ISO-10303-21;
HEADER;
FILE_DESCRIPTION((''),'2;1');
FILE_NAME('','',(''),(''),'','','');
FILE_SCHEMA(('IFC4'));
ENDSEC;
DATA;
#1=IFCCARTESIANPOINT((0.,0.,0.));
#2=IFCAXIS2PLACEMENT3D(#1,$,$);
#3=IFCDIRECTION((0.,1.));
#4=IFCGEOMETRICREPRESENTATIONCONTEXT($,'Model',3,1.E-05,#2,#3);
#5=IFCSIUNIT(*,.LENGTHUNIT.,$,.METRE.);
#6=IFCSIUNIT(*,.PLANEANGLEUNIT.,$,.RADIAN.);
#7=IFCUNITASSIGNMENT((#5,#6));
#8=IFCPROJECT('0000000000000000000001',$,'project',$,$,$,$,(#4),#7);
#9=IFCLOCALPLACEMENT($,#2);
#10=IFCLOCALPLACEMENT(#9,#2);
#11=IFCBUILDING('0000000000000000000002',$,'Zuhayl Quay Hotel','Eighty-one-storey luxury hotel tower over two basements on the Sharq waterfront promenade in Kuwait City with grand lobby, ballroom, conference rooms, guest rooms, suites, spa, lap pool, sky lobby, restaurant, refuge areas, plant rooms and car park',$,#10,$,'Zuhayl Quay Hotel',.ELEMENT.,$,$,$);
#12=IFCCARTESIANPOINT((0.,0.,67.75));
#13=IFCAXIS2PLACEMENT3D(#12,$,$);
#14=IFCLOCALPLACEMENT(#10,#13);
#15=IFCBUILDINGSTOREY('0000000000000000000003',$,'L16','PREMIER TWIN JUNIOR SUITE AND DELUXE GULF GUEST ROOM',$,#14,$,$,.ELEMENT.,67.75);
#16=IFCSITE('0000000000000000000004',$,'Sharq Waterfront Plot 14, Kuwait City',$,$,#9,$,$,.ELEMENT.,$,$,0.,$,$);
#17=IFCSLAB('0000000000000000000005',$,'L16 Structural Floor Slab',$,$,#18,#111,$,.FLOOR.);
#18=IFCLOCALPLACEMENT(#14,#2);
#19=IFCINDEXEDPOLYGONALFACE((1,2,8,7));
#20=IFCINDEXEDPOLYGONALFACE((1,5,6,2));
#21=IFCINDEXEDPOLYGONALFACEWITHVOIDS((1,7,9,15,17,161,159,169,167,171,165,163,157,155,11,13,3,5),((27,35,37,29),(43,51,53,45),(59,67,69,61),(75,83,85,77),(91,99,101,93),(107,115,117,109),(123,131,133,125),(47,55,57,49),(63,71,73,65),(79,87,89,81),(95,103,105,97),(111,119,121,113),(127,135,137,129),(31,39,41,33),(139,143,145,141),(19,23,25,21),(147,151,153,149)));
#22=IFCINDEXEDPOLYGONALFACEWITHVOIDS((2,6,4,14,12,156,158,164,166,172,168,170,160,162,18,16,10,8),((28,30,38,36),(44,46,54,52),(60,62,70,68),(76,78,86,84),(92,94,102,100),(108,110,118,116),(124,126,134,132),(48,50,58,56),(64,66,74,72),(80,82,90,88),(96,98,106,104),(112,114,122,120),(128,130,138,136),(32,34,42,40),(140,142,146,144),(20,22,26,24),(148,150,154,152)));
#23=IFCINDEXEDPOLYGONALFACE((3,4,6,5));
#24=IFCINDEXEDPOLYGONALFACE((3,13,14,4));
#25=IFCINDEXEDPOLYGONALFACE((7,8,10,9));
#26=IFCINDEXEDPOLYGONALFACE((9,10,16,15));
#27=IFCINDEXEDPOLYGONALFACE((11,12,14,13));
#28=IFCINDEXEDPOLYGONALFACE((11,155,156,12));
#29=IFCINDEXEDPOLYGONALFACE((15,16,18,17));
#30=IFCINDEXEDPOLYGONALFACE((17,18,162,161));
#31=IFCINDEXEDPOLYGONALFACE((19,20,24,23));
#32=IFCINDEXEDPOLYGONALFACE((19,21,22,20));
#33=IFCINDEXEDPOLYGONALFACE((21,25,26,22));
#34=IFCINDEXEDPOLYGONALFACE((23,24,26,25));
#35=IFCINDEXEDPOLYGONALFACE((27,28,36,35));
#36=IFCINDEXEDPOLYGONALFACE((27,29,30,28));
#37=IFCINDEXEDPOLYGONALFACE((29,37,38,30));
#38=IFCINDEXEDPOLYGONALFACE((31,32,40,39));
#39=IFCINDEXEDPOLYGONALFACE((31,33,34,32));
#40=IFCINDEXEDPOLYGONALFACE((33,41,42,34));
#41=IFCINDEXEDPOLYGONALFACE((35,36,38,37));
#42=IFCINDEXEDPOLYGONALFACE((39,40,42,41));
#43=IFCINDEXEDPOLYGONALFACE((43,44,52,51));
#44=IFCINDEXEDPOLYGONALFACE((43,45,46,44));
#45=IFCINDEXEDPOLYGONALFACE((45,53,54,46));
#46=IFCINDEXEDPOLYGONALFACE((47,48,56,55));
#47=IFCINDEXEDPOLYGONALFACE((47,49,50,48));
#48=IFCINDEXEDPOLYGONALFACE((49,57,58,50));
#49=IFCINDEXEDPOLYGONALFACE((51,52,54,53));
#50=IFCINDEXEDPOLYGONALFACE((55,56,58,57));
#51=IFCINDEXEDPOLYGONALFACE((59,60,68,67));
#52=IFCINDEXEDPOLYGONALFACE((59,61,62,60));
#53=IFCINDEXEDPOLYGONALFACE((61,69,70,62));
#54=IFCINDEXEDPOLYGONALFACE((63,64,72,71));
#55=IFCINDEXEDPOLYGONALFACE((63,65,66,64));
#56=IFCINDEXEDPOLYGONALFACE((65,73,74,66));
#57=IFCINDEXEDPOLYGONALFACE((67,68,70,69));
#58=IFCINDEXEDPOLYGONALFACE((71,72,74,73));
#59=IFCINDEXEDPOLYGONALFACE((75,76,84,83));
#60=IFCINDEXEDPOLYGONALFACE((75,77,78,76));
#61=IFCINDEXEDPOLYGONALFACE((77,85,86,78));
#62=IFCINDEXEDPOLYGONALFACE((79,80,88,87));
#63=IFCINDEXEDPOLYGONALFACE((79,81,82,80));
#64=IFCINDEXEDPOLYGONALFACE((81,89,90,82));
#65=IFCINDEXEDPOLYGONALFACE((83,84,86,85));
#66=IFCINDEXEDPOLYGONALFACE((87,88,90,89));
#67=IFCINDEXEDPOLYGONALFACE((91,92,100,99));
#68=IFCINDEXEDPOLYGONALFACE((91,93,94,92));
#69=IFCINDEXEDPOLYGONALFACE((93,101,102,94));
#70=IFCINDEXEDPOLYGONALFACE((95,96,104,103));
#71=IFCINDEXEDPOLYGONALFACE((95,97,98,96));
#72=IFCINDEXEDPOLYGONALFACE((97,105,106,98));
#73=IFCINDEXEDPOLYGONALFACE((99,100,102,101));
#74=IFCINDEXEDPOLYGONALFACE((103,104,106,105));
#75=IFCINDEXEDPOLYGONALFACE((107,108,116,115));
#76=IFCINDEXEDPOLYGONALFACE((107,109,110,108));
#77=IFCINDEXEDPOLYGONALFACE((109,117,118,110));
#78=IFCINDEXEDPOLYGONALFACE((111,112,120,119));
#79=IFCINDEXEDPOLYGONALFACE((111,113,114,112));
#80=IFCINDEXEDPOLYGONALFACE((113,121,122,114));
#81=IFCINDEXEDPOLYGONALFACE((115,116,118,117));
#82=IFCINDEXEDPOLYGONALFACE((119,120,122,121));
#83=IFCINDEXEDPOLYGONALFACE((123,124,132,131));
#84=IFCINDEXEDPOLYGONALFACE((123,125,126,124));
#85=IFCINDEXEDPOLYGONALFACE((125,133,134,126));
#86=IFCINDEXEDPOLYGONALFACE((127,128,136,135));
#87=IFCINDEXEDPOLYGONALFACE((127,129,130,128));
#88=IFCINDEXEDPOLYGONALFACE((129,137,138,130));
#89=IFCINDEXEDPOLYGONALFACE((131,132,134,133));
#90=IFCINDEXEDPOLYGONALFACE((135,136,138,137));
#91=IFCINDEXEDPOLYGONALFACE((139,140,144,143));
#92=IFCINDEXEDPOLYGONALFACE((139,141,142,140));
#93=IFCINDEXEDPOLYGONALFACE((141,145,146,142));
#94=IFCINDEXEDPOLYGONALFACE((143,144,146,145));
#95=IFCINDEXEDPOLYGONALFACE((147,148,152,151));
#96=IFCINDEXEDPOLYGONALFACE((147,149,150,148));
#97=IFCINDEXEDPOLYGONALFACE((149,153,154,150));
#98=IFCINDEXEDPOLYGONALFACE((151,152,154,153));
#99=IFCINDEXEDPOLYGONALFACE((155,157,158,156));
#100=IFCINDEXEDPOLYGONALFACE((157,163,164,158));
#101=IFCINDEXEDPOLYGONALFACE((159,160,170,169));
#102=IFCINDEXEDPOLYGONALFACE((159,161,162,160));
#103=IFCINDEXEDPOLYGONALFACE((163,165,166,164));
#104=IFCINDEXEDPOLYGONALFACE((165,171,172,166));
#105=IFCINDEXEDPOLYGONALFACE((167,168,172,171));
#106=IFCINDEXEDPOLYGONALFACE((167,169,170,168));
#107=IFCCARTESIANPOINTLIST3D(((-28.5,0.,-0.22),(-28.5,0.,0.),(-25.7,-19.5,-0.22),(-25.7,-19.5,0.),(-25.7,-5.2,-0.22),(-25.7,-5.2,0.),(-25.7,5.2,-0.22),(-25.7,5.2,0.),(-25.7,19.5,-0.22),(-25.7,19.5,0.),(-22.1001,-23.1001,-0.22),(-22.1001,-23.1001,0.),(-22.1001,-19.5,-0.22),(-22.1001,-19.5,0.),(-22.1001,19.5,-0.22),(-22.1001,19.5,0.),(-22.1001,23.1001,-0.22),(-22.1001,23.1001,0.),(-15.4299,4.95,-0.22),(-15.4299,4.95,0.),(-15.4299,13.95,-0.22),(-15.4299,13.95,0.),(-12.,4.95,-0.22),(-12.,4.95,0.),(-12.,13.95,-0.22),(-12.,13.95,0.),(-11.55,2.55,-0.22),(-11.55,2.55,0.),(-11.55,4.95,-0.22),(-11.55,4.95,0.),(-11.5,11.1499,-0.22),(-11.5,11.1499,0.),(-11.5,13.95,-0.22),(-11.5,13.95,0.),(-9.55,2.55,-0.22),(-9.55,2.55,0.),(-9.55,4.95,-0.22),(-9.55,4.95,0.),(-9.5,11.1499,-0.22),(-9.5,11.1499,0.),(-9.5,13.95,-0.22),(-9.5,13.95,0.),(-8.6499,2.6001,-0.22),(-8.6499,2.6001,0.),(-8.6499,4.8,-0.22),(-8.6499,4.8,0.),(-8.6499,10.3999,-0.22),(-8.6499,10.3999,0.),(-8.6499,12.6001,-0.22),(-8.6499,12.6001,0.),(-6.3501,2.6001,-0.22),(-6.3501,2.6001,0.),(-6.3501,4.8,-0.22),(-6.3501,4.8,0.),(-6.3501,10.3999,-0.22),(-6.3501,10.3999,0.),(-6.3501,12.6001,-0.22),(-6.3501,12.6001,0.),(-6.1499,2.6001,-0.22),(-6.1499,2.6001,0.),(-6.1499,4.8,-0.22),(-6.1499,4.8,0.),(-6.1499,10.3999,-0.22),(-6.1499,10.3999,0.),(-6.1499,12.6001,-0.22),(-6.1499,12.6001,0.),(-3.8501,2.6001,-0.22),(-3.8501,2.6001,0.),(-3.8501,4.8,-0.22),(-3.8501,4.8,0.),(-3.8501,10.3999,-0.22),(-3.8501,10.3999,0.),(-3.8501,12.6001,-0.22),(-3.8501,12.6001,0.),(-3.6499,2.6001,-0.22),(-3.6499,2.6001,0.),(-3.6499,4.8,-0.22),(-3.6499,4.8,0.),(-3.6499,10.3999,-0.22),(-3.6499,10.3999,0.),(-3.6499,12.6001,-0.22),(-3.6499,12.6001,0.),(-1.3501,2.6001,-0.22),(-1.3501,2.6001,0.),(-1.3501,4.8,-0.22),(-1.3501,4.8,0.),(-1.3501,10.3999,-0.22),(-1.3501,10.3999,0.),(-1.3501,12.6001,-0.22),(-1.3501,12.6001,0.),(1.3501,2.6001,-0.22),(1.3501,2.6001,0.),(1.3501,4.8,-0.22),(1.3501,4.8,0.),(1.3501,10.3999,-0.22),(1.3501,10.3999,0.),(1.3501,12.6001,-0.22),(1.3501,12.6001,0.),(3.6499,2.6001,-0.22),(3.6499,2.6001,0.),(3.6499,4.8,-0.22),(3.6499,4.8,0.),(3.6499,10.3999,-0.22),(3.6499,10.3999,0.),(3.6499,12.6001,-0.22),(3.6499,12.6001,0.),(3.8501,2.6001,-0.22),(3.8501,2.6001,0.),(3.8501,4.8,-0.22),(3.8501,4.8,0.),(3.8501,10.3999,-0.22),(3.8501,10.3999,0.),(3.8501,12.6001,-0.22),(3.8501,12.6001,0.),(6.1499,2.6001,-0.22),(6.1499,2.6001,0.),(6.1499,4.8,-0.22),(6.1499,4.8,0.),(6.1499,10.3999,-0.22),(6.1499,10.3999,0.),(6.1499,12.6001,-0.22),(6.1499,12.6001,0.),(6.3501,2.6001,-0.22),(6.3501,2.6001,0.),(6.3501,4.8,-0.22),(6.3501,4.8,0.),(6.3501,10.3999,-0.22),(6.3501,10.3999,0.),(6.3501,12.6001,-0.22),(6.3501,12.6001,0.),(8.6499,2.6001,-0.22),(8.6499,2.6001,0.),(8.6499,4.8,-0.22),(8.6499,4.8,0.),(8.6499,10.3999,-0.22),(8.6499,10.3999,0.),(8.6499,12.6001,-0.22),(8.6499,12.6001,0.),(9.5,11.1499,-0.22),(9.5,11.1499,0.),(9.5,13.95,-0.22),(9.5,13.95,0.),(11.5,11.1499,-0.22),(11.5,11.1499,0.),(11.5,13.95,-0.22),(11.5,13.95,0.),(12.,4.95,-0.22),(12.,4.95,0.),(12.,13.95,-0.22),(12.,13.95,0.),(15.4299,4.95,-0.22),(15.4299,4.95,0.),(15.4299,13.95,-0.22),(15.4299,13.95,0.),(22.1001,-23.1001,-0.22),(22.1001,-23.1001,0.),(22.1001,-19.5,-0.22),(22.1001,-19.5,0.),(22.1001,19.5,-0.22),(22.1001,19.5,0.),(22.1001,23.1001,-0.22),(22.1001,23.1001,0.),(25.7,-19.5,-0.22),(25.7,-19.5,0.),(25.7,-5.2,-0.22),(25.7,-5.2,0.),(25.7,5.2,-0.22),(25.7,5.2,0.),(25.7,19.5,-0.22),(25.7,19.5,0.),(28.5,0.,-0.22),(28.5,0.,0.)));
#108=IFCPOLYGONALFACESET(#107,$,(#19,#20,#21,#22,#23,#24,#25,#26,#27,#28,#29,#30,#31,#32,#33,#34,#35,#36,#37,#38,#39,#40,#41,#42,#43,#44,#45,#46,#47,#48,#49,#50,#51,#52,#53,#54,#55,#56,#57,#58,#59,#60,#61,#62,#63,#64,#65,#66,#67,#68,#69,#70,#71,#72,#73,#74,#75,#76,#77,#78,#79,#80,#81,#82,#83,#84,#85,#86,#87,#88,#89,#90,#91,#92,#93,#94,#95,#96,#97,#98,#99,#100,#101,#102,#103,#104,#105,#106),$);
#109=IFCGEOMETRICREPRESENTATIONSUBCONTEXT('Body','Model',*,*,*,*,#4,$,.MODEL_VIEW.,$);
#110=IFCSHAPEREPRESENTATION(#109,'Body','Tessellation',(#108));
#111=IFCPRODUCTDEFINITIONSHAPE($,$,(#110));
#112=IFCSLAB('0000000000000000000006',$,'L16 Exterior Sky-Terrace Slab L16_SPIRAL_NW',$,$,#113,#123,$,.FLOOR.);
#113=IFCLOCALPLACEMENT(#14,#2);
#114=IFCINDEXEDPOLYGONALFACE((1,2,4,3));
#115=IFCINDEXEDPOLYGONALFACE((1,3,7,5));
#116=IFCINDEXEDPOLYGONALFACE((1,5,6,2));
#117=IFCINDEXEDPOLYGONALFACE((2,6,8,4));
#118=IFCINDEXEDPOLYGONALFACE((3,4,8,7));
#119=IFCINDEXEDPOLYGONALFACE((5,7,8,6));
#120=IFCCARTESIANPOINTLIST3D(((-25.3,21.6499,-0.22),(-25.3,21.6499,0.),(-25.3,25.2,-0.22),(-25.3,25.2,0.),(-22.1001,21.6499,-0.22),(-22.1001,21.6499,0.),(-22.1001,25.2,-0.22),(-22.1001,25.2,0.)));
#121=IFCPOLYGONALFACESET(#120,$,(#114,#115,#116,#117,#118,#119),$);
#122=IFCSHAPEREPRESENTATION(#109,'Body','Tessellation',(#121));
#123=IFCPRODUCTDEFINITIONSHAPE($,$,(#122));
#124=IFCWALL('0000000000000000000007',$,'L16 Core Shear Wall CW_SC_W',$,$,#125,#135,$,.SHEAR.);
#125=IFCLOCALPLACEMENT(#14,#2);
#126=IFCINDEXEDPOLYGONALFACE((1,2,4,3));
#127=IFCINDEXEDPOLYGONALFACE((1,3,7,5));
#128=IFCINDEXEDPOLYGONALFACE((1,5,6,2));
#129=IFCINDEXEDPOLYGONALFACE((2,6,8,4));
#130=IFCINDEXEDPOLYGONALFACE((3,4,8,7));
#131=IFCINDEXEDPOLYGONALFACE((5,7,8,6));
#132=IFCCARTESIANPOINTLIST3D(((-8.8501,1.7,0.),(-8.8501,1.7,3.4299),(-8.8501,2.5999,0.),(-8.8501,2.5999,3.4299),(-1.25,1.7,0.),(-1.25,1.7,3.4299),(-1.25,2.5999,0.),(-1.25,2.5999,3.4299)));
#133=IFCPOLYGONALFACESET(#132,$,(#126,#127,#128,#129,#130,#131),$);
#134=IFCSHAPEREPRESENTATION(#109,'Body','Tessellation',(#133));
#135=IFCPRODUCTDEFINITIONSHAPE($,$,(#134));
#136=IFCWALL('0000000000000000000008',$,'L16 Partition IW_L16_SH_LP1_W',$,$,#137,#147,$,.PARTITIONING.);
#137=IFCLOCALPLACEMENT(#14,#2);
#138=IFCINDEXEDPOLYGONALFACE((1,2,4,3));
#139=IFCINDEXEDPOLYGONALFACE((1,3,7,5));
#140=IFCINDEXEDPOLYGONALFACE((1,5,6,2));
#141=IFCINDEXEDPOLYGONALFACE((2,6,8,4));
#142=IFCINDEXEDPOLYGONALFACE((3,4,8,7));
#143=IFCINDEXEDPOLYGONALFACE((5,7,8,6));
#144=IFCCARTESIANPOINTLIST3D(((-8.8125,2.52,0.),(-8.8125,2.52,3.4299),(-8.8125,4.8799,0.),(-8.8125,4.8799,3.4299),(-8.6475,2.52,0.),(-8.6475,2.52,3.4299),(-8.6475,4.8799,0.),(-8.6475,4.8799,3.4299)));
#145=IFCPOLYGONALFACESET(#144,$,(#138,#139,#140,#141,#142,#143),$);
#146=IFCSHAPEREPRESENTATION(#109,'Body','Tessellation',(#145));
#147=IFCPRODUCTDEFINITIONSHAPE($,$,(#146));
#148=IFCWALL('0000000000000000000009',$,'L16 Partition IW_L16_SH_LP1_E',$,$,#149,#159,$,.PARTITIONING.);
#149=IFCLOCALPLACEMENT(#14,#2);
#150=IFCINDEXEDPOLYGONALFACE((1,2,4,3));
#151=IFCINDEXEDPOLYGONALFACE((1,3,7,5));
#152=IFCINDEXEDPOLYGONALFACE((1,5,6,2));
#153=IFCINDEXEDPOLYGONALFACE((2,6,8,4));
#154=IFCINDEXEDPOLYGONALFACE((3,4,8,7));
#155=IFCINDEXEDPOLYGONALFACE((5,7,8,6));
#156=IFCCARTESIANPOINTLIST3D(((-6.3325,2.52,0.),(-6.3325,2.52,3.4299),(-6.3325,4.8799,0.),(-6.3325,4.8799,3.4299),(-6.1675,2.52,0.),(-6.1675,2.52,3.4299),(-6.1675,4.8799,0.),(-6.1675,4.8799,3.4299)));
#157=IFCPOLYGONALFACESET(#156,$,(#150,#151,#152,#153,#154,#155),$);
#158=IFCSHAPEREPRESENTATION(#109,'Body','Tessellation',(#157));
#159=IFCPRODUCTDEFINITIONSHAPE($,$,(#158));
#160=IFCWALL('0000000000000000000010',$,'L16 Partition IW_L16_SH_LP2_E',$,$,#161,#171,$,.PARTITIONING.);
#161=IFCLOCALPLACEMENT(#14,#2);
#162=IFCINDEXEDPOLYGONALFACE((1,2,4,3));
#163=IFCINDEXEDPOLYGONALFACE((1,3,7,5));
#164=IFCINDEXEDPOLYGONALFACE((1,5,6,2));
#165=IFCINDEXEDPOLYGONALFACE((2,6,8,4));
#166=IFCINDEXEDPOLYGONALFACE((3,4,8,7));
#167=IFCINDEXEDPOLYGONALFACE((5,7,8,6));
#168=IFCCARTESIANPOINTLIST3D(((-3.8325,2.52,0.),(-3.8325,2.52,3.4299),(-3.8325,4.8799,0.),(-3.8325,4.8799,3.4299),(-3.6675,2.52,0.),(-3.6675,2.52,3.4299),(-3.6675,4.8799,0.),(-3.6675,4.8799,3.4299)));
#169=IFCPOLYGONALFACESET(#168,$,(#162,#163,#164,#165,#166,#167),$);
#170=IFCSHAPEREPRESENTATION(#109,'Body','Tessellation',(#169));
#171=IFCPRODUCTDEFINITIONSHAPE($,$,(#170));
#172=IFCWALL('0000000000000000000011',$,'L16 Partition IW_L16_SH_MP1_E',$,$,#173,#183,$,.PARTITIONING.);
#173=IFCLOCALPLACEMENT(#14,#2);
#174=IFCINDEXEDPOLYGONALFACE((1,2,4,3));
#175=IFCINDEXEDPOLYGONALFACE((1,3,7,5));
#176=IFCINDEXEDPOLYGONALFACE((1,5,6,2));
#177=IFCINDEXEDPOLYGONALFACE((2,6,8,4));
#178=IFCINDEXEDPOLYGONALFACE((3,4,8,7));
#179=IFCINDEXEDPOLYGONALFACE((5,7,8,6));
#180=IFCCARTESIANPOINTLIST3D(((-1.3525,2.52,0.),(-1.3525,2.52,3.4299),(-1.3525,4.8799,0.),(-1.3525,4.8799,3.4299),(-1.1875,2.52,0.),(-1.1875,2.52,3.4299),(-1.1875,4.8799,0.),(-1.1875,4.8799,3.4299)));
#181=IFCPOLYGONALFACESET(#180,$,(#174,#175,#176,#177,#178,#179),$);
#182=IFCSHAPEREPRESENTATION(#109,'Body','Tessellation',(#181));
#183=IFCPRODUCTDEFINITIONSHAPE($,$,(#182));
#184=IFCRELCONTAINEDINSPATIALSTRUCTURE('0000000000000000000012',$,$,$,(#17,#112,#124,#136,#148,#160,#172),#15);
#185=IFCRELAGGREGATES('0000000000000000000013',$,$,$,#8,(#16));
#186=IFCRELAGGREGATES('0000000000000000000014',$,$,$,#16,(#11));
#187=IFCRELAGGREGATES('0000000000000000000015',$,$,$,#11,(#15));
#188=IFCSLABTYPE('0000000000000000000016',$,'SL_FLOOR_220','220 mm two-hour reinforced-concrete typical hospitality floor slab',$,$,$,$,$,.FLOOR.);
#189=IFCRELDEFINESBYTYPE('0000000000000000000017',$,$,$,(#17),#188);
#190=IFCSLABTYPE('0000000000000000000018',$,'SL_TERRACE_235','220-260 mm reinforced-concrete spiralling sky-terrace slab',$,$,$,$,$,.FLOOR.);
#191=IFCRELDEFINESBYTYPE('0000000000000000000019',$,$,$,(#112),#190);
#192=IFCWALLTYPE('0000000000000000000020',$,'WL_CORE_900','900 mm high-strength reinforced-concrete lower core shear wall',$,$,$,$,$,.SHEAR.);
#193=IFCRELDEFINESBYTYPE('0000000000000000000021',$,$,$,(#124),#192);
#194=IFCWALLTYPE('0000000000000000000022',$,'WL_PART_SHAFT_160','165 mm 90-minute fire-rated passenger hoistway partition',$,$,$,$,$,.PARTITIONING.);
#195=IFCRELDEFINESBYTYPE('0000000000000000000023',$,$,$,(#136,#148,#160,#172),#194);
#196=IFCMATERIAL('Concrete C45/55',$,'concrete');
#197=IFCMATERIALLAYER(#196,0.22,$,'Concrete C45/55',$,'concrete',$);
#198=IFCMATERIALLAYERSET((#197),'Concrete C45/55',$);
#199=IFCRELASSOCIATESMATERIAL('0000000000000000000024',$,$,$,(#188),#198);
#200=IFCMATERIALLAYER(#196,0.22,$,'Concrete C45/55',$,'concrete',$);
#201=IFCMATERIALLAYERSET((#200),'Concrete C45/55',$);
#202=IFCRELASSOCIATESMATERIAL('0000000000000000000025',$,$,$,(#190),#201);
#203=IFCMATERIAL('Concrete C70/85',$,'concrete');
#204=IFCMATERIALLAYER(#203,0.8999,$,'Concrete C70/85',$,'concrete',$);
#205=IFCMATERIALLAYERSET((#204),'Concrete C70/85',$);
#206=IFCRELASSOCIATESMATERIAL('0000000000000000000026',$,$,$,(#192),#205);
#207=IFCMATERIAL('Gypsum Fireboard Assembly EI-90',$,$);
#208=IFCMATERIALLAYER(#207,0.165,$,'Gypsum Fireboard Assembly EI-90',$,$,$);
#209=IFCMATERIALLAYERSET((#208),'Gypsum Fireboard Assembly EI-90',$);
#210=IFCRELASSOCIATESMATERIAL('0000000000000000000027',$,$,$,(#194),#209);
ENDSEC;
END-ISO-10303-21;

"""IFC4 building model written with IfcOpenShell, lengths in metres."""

from ifc_helpers import new_model, si_unit, direction, frame, frame_2d, origin, place, context, subcontext, project, spatial, polyline, rectangle, outline, extrude, material, layer, layer_set, type_object, element, save


model = new_model("IFC4")

# Units and contexts
model_context = context("Model", 3, precision=1e-05, world=origin(), true_north=direction((0.0, 1.0)))
body_context = subcontext(model_context, "Body", "Model", "MODEL_VIEW")
ifc_project = project(units=[si_unit("LENGTHUNIT", "METRE"), si_unit("PLANEANGLEUNIT", "RADIAN")], contexts=[model_context])

# Site, building, storey
site_placement = place(None, origin())
site = spatial("IfcSite", under=ifc_project, at=site_placement, Name="Sharq Waterfront Plot 14, Kuwait City", CompositionType="ELEMENT", RefElevation=0.0)
building_placement = place(site_placement, origin())
building = spatial("IfcBuilding", under=site, at=building_placement, Name="Zuhayl Quay Hotel", Description="Eighty-one-storey luxury hotel tower over two basements on the Sharq waterfront promenade in Kuwait City with grand lobby, ballroom, conference rooms, guest rooms, suites, spa, lap pool, sky lobby, restaurant, refuge areas, plant rooms and car park", LongName="Zuhayl Quay Hotel", CompositionType="ELEMENT")
storey_placement = place(building_placement, frame((0.0, 0.0, 67.75)))
storey = spatial("IfcBuildingStorey", under=building, at=storey_placement, Name="L16", Description="PREMIER TWIN JUNIOR SUITE AND DELUXE GULF GUEST ROOM", CompositionType="ELEMENT", Elevation=67.75)

# Shared definitions
ifc_material_1 = material(Name="Concrete C70/85", Category="concrete")

# Slabs
ifc_material_2 = material(Name="Concrete C45/55", Category="concrete")
ifc_layer_1 = layer(ifc_material_2, 0.22, Name="Concrete C45/55", Category="concrete")
ifc_layer_set_1 = layer_set([ifc_layer_1], Name="Concrete C45/55")
slab_type_1 = type_object("IfcSlabType", Name="SL_FLOOR_220", Description="220 mm two-hour reinforced-concrete typical hospitality floor slab", PredefinedType="FLOOR", material=ifc_layer_set_1)
slab_1_placement = place(storey_placement, frame((0.0, 0.0, -0.22)))
element("IfcSlab", 1, at=slab_1_placement, inside=storey, type_object=slab_type_1, Name="L16 Structural Floor Slab", PredefinedType="FLOOR", context=body_context, shape_type="SweptSolid", body=[
    extrude(outline(polyline([(-22.1001, -23.1001), (22.1001, -23.1001), (22.1001, -19.5), (25.7, -19.5), (25.7, -5.2), (28.5, 0.0), (25.7, 5.2), (25.7, 19.5), (22.1001, 19.5), (22.1001, 23.1001), (-22.1001, 23.1001), (-22.1001, 19.5), (-25.7, 19.5), (-25.7, 5.2), (-28.5, 0.0), (-25.7, -5.2), (-25.7, -19.5), (-22.1001, -19.5), (-22.1001, -23.1001)]), holes=[polyline([(-12.0, 4.95), (-12.0, 13.95), (-15.4299, 13.95), (-15.4299, 4.95), (-12.0, 4.95)]), polyline([(15.4299, 4.95), (15.4299, 13.95), (12.0, 13.95), (12.0, 4.95), (15.4299, 4.95)]), polyline([(-11.5, 11.1499), (-9.5, 11.1499), (-9.5, 13.95), (-11.5, 13.95), (-11.5, 11.1499)]), polyline([(9.5, 11.1499), (11.5, 11.1499), (11.5, 13.95), (9.5, 13.95), (9.5, 11.1499)]), polyline([(-8.6499, 2.6001), (-6.3501, 2.6001), (-6.3501, 4.8), (-8.6499, 4.8), (-8.6499, 2.6001)]), polyline([(-6.1499, 2.6001), (-3.8501, 2.6001), (-3.8501, 4.8), (-6.1499, 4.8), (-6.1499, 2.6001)]), polyline([(-8.6499, 10.3999), (-6.3501, 10.3999), (-6.3501, 12.6001), (-8.6499, 12.6001), (-8.6499, 10.3999)]), polyline([(-6.1499, 10.3999), (-3.8501, 10.3999), (-3.8501, 12.6001), (-6.1499, 12.6001), (-6.1499, 10.3999)]), polyline([(-3.6499, 2.6001), (-1.3501, 2.6001), (-1.3501, 4.8), (-3.6499, 4.8), (-3.6499, 2.6001)]), polyline([(1.3501, 2.6001), (3.6499, 2.6001), (3.6499, 4.8), (1.3501, 4.8), (1.3501, 2.6001)]), polyline([(-3.6499, 10.3999), (-1.3501, 10.3999), (-1.3501, 12.6001), (-3.6499, 12.6001), (-3.6499, 10.3999)]), polyline([(1.3501, 10.3999), (3.6499, 10.3999), (3.6499, 12.6001), (1.3501, 12.6001), (1.3501, 10.3999)]), polyline([(3.8501, 2.6001), (6.1499, 2.6001), (6.1499, 4.8), (3.8501, 4.8), (3.8501, 2.6001)]), polyline([(6.3501, 2.6001), (8.6499, 2.6001), (8.6499, 4.8), (6.3501, 4.8), (6.3501, 2.6001)]), polyline([(3.8501, 10.3999), (6.1499, 10.3999), (6.1499, 12.6001), (3.8501, 12.6001), (3.8501, 10.3999)]), polyline([(6.3501, 10.3999), (8.6499, 10.3999), (8.6499, 12.6001), (6.3501, 12.6001), (6.3501, 10.3999)]), polyline([(-11.55, 2.55), (-9.55, 2.55), (-9.55, 4.95), (-11.55, 4.95), (-11.55, 2.55)])]), origin(), (0.0, 0.0, 1.0), 0.22),
])
ifc_layer_2 = layer(ifc_material_2, 0.22, Name="Concrete C45/55", Category="concrete")
ifc_layer_set_2 = layer_set([ifc_layer_2], Name="Concrete C45/55")
slab_type_2 = type_object("IfcSlabType", Name="SL_TERRACE_235", Description="220-260 mm reinforced-concrete spiralling sky-terrace slab", PredefinedType="FLOOR", material=ifc_layer_set_2)
slab_2_placement = place(storey_placement, frame((0.0, 0.0, -0.22)))
element("IfcSlab", 2, at=slab_2_placement, inside=storey, type_object=slab_type_2, Name="L16 Exterior Sky-Terrace Slab L16_SPIRAL_NW", PredefinedType="FLOOR", context=body_context, shape_type="SweptSolid", body=[
    extrude(outline(polyline([(-25.3, 21.6499), (-22.1001, 21.6499), (-22.1001, 25.2), (-25.3, 25.2), (-25.3, 21.6499)])), origin(), (0.0, 0.0, 1.0), 0.22),
])

# Wall
ifc_layer_3 = layer(ifc_material_1, 0.8999, Name="Concrete C70/85", Category="concrete")
ifc_layer_set_3 = layer_set([ifc_layer_3], Name="Concrete C70/85")
wall_type_1 = type_object("IfcWallType", Name="WL_CORE_900", Description="900 mm high-strength reinforced-concrete lower core shear wall", PredefinedType="SHEAR", material=ifc_layer_set_3)
wall_1_placement = place(storey_placement, frame((-8.8501, 2.1499, 0.0), z_axis=(0.0, 0.0, 1.0), x_axis=(1.0, 0.0, 0.0)))
element("IfcWall", 3, at=wall_1_placement, inside=storey, type_object=wall_type_1, Name="L16 Core Shear Wall CW_SC_W", PredefinedType="SHEAR", context=body_context, shape_type="SweptSolid", body=[
    extrude(rectangle(XDim=7.6001, YDim=0.8999, at=frame_2d((3.8, 0.0))), origin(), (0.0, 0.0, 1.0), 3.4299),
])

# Walls
ifc_material_3 = material(Name="Gypsum Fireboard Assembly EI-90")
ifc_layer_4 = layer(ifc_material_3, 0.165, Name="Gypsum Fireboard Assembly EI-90")
ifc_layer_set_4 = layer_set([ifc_layer_4], Name="Gypsum Fireboard Assembly EI-90")
wall_type_2 = type_object("IfcWallType", Name="WL_PART_SHAFT_160", Description="165 mm 90-minute fire-rated passenger hoistway partition", PredefinedType="PARTITIONING", material=ifc_layer_set_4)
for number, where, z_axis, x_axis, name in (
    (4, (-8.73, 2.52, 0.0), (0.0, 0.0, 1.0), (0.0, 1.0, 0.0), "L16 Partition IW_L16_SH_LP1_W"),
    (5, (-6.25, 2.52, 0.0), (0.0, 0.0, 1.0), (0.0, 1.0, 0.0), "L16 Partition IW_L16_SH_LP1_E"),
    (6, (-3.75, 2.52, 0.0), (0.0, 0.0, 1.0), (0.0, 1.0, 0.0), "L16 Partition IW_L16_SH_LP2_E"),
    (7, (-1.27, 2.52, 0.0), (0.0, 0.0, 1.0), (0.0, 1.0, 0.0), "L16 Partition IW_L16_SH_MP1_E"),
):
    element("IfcWall", number, at=place(storey_placement, frame(where, z_axis=z_axis, x_axis=x_axis)), inside=storey, type_object=wall_type_2, Name=name, PredefinedType="PARTITIONING", context=body_context, shape_type="SweptSolid", body=[
        extrude(rectangle(XDim=2.3599, YDim=0.165, at=frame_2d((1.1799, 0.0))), origin(), (0.0, 0.0, 1.0), 3.4299),
    ])

save(model, "model.ifc")
